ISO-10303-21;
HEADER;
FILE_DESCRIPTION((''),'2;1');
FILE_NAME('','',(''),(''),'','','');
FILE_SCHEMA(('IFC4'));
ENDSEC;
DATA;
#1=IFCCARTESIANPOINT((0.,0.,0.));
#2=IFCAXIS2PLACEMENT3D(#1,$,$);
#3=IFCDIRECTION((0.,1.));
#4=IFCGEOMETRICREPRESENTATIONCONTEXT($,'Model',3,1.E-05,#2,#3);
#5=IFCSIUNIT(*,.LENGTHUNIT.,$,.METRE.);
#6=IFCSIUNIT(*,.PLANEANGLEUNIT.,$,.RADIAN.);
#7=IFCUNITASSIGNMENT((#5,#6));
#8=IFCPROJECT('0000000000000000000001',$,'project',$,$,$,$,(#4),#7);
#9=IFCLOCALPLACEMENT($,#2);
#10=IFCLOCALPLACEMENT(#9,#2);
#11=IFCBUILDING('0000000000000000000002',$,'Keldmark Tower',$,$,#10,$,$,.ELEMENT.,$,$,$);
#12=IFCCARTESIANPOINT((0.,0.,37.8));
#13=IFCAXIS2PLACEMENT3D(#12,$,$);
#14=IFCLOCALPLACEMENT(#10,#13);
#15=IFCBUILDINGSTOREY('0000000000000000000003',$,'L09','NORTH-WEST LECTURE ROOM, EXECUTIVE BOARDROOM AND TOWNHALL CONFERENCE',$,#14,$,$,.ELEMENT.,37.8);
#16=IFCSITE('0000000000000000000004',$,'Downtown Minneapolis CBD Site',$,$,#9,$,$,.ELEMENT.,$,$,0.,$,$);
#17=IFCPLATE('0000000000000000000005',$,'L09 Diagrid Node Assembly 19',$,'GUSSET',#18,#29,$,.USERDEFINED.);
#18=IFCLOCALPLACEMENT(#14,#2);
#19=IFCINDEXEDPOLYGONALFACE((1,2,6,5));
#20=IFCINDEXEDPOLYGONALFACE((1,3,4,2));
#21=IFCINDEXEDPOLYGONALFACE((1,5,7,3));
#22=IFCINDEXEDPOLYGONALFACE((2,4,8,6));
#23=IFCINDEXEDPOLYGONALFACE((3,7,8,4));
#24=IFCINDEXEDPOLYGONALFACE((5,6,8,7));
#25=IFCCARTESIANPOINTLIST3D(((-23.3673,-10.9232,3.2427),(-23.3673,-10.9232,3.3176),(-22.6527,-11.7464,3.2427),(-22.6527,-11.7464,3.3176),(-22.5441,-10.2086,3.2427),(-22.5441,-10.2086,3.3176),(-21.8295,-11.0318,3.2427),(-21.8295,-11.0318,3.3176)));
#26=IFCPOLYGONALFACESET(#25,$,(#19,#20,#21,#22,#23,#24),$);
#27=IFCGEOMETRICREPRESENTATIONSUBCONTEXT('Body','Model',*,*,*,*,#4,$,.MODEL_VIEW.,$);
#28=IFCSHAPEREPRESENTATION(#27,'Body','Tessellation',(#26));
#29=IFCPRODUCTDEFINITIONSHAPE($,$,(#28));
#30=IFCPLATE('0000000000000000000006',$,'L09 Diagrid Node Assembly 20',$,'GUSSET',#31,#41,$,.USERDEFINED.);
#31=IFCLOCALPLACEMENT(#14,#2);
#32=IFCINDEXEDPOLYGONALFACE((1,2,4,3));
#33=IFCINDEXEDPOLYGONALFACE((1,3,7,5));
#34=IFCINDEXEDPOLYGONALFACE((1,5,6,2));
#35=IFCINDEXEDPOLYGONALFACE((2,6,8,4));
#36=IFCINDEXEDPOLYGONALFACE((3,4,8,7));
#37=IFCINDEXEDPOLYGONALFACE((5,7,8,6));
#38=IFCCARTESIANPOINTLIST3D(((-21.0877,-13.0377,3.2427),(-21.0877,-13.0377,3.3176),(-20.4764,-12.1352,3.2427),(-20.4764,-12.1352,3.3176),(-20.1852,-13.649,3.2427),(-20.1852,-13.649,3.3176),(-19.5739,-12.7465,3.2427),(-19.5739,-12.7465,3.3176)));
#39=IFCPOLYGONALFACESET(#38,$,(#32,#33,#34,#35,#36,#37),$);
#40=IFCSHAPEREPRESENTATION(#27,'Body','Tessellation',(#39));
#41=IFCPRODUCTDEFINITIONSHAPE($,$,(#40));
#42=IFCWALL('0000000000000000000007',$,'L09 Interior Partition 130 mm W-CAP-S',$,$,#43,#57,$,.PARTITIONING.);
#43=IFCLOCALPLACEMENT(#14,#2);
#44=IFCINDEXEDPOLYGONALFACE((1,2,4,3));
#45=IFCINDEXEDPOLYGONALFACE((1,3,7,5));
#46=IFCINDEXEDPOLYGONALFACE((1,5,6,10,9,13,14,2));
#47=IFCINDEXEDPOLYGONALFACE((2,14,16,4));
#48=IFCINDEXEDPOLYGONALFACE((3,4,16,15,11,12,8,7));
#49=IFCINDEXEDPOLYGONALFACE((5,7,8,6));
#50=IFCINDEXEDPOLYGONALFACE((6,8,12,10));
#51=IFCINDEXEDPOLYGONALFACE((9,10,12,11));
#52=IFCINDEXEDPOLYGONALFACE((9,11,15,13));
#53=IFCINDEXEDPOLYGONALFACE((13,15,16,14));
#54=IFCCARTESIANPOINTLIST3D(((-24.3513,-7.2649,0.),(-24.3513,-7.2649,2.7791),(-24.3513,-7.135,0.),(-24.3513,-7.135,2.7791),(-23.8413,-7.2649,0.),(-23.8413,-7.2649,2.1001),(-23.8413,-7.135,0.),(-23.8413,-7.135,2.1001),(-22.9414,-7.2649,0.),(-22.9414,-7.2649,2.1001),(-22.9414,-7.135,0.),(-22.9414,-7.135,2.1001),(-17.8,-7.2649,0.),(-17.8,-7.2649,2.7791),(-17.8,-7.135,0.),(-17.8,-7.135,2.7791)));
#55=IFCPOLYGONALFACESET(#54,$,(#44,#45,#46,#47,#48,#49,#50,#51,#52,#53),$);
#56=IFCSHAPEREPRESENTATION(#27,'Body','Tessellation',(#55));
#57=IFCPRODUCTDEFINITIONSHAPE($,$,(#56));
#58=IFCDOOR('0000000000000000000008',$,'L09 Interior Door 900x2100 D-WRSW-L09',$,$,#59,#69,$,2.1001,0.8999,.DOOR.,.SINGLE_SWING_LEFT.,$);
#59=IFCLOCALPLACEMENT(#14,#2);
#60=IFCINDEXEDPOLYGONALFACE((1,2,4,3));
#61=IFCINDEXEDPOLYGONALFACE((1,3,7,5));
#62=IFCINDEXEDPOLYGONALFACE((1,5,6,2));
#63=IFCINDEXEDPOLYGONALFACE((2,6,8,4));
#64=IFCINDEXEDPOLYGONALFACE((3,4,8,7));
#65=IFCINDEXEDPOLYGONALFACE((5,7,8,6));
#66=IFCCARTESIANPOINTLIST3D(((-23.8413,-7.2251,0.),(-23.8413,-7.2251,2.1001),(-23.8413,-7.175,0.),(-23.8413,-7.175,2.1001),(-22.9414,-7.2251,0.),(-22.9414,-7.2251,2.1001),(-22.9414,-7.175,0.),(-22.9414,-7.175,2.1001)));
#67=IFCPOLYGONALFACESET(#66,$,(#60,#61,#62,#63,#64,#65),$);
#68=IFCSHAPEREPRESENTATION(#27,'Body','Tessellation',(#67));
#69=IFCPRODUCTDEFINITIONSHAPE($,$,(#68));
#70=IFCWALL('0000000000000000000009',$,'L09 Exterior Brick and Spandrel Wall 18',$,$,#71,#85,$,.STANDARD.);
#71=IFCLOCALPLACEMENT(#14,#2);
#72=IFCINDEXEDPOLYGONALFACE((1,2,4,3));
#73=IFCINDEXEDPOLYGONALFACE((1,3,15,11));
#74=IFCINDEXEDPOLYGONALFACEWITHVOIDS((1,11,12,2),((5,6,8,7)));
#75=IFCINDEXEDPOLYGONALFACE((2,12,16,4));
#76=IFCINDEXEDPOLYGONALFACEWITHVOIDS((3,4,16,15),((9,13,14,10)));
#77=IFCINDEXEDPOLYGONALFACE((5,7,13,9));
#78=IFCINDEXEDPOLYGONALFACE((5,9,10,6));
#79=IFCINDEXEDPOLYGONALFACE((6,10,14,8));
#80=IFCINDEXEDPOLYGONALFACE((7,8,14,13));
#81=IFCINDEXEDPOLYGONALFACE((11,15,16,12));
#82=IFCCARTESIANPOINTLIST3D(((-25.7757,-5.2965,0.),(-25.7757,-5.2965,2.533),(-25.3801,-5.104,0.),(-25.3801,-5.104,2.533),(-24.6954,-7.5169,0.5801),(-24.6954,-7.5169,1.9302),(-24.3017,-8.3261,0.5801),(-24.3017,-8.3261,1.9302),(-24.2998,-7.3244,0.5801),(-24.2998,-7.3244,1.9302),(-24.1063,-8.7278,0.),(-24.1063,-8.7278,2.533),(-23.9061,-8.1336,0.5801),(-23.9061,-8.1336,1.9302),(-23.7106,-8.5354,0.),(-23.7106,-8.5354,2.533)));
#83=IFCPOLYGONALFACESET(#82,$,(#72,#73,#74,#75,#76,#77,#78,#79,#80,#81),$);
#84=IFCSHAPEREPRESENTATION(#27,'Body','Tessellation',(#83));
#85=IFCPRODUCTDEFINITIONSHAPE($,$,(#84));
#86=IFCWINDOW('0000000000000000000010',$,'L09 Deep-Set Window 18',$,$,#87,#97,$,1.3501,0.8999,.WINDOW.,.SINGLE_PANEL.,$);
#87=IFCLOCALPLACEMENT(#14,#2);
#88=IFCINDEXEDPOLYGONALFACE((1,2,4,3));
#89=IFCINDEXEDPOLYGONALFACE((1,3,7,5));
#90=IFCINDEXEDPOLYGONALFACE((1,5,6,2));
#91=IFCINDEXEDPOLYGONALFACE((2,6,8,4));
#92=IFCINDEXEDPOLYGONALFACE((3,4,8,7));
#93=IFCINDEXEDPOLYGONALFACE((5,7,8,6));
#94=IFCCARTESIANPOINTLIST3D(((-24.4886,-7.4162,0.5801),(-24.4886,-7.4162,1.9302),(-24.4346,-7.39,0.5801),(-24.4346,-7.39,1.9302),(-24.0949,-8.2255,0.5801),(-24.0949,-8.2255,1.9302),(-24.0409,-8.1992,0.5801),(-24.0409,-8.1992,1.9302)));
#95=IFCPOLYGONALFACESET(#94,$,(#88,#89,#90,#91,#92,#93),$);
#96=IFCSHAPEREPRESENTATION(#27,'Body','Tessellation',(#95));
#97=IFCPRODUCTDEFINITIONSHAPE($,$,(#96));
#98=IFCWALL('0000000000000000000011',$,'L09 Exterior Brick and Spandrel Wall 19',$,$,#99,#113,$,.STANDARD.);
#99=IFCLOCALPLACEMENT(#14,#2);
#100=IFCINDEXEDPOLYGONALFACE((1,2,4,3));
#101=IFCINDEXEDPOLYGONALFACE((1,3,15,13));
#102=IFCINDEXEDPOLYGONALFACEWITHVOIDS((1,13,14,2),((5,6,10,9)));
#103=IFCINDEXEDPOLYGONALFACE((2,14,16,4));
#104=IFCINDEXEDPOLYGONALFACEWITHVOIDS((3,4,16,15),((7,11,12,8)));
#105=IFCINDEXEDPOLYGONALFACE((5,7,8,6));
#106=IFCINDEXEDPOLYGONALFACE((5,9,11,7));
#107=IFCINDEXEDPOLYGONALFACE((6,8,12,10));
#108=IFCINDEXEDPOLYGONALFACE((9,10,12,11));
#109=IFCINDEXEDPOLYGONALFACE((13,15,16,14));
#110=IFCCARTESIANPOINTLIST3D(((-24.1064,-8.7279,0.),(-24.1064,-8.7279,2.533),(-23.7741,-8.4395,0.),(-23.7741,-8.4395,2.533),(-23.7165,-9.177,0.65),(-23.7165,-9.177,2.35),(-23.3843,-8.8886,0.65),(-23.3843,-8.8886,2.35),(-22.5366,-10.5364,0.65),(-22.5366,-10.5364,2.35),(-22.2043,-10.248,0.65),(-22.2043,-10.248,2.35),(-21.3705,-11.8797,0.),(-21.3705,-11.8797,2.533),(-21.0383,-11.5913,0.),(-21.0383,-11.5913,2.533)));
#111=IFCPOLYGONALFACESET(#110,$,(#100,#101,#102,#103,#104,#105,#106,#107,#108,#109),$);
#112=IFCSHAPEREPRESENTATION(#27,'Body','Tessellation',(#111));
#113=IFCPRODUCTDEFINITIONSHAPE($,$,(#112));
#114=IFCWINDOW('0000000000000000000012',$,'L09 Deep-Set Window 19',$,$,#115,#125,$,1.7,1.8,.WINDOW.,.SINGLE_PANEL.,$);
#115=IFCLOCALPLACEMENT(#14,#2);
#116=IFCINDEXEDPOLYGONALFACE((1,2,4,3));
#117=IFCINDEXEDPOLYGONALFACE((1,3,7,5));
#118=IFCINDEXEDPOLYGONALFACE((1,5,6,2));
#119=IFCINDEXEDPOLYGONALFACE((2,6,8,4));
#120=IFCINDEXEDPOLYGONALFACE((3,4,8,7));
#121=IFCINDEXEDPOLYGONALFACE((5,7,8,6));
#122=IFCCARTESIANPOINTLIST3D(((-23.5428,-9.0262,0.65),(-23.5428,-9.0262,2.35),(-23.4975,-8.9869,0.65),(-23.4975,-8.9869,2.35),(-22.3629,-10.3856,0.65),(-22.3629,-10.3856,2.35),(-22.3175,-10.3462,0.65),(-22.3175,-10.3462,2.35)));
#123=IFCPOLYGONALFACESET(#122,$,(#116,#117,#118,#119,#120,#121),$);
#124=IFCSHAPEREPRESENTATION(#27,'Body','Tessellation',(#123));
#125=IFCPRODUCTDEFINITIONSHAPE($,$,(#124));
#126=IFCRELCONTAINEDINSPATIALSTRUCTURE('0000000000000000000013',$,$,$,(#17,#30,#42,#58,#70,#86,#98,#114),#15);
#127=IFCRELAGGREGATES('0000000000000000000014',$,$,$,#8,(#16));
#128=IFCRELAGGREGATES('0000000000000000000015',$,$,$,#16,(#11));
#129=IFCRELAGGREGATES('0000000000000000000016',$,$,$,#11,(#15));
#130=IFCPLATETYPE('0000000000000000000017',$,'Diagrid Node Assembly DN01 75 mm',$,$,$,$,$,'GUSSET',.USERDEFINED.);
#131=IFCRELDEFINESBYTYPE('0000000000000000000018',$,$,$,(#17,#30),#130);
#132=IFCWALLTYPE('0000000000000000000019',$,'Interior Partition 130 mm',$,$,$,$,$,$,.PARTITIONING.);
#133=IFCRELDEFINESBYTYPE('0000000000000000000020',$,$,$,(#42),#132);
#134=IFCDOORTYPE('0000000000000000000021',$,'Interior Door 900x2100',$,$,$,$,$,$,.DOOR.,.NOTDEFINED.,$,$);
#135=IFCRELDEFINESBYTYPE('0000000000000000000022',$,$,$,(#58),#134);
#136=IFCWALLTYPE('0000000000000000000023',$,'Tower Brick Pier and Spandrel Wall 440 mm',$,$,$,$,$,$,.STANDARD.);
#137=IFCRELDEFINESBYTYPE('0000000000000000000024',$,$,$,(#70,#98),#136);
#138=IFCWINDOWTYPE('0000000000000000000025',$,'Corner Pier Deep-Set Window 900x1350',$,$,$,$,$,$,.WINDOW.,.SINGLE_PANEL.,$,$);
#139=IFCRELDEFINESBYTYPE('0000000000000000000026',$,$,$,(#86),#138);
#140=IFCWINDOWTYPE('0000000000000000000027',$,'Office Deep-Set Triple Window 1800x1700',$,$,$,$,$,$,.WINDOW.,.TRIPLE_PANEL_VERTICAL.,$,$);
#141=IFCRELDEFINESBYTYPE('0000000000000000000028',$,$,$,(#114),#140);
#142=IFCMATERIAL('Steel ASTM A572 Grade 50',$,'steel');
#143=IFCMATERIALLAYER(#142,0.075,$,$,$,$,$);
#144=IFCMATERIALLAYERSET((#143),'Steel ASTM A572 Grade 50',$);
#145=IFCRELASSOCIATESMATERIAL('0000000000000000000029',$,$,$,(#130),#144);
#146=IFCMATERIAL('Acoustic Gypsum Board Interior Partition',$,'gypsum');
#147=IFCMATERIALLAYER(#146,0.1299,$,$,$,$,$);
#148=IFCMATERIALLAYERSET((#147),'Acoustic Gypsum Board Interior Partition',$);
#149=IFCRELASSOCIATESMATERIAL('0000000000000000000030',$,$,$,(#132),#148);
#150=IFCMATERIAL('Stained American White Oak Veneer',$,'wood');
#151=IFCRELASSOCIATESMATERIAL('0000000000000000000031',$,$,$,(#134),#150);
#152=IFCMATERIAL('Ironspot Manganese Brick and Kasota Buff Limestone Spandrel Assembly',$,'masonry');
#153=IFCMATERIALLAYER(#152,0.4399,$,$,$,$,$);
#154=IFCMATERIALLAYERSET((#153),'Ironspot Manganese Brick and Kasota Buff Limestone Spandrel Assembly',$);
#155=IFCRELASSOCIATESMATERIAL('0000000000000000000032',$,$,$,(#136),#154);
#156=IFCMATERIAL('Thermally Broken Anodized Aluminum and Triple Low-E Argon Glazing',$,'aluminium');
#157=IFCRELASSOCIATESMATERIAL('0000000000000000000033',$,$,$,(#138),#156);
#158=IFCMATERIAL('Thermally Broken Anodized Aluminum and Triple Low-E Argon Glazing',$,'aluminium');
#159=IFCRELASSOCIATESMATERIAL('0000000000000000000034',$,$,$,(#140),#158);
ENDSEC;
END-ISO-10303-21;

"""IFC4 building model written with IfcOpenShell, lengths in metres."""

from ifc_helpers import new_model, si_unit, direction, frame, frame_2d, origin, origin_2d, place, context, subcontext, project, spatial, rectangle, extrude, material, layer, layer_set, type_object, element, fill, save


model = new_model("IFC4")

# Units and contexts
model_context = context("Model", 3, precision=1e-05, world=origin(), true_north=direction((0.0, 1.0)))
body_context = subcontext(model_context, "Body", "Model", "MODEL_VIEW")
ifc_project = project(units=[si_unit("LENGTHUNIT", "METRE"), si_unit("PLANEANGLEUNIT", "RADIAN")], contexts=[model_context])

# Site, building, storey
site_placement = place(None, origin())
site = spatial("IfcSite", under=ifc_project, at=site_placement, Name="Downtown Minneapolis CBD Site", CompositionType="ELEMENT", RefElevation=0.0)
building_placement = place(site_placement, origin())
building = spatial("IfcBuilding", under=site, at=building_placement, Name="Keldmark Tower", CompositionType="ELEMENT")
storey_placement = place(building_placement, frame((0.0, 0.0, 37.8)))
storey = spatial("IfcBuildingStorey", under=building, at=storey_placement, Name="L09", Description="NORTH-WEST LECTURE ROOM, EXECUTIVE BOARDROOM AND TOWNHALL CONFERENCE", CompositionType="ELEMENT", Elevation=37.8)

# Plates
ifc_material_1 = material(Name="Steel ASTM A572 Grade 50", Category="steel")
ifc_layer_1 = layer(ifc_material_1, 0.075)
ifc_layer_set_1 = layer_set([ifc_layer_1], Name="Steel ASTM A572 Grade 50")
plate_type = type_object("IfcPlateType", Name="Diagrid Node Assembly DN01 75 mm", ElementType="GUSSET", PredefinedType="USERDEFINED", material=ifc_layer_set_1)
for number, where, z_axis, x_axis, name in (
    (1, (-22.5984, -10.9775, 3.2427), (0.0, 0.0, 1.0), (0.655532, -0.755167, 0.0), "L09 Diagrid Node Assembly 19"),
    (2, (-20.3308, -12.8921, 3.2427), (0.0, 0.0, 1.0), (0.827962, -0.560784, 0.0), "L09 Diagrid Node Assembly 20"),
):
    element("IfcPlate", number, at=place(storey_placement, frame(where, z_axis=z_axis, x_axis=x_axis)), inside=storey, type_object=plate_type, Name=name, ObjectType="GUSSET", PredefinedType="USERDEFINED", context=body_context, shape_type="SweptSolid", body=[
        extrude(rectangle(XDim=1.0901, YDim=1.0901, at=origin_2d()), origin(), (0.0, 0.0, 1.0), 0.075),
    ])

# Wall, opening, door
ifc_material_2 = material(Name="Acoustic Gypsum Board Interior Partition", Category="gypsum")
ifc_layer_2 = layer(ifc_material_2, 0.1299)
ifc_layer_set_2 = layer_set([ifc_layer_2], Name="Acoustic Gypsum Board Interior Partition")
wall_type_1 = type_object("IfcWallType", Name="Interior Partition 130 mm", PredefinedType="PARTITIONING", material=ifc_layer_set_2)
wall_1_placement = place(storey_placement, frame((-24.3513, -7.2, 0.0), z_axis=(0.0, 0.0, 1.0), x_axis=(1.0, 0.0, 0.0)))
wall_1 = element("IfcWall", 3, at=wall_1_placement, inside=storey, type_object=wall_type_1, Name="L09 Interior Partition 130 mm W-CAP-S", PredefinedType="PARTITIONING", context=body_context, shape_type="SweptSolid", body=[
    extrude(rectangle(XDim=6.5513, YDim=0.1299, at=frame_2d((3.2756, 0.0))), origin(), (0.0, 0.0, 1.0), 2.7791),
])
opening_1_placement = place(wall_1_placement, frame((0.51, 0.0, 0.0)))
opening_1 = element("IfcOpeningElement", 4, at=opening_1_placement, cuts=wall_1, PredefinedType="OPENING", context=body_context, shape_type="SweptSolid", body=[
    extrude(rectangle(XDim=0.8999, YDim=2.1001, at=frame_2d((0.45, 1.05))), frame((0.0, 0.075, 0.0), z_axis=(0.0, -1.0, 0.0), x_axis=(1.0, 0.0, 0.0)), (0.0, 0.0, 1.0), 0.1499),
])
ifc_material_3 = material(Name="Stained American White Oak Veneer", Category="wood")
door_type = type_object("IfcDoorType", Name="Interior Door 900x2100", OperationType="NOTDEFINED", PredefinedType="DOOR", material=ifc_material_3)
door_placement = place(opening_1_placement, origin())
door = element("IfcDoor", 5, at=door_placement, inside=storey, type_object=door_type, Name="L09 Interior Door 900x2100 D-WRSW-L09", OperationType="SINGLE_SWING_LEFT", OverallHeight=2.1001, OverallWidth=0.8999, PredefinedType="DOOR", context=body_context, shape_type="SweptSolid", body=[
    extrude(rectangle(XDim=0.8999, YDim=2.1001, at=frame_2d((0.45, 1.05))), frame((0.0, 0.0249, 0.0), z_axis=(0.0, -1.0, 0.0), x_axis=(1.0, 0.0, 0.0)), (0.0, 0.0, 1.0), 0.05),
])
fill(opening_1, door)

# Walls, openings, windows
ifc_material_4 = material(Name="Ironspot Manganese Brick and Kasota Buff Limestone Spandrel Assembly", Category="masonry")
ifc_layer_3 = layer(ifc_material_4, 0.4399)
ifc_layer_set_3 = layer_set([ifc_layer_3], Name="Ironspot Manganese Brick and Kasota Buff Limestone Spandrel Assembly")
wall_type_2 = type_object("IfcWallType", Name="Tower Brick Pier and Spandrel Wall 440 mm", PredefinedType="STANDARD", material=ifc_layer_set_3)
wall_2_placement = place(storey_placement, frame((-23.9084, -8.6316, 0.0), z_axis=(0.0, 0.0, 1.0), x_axis=(-0.437488, 0.899224, 0.0)))
wall_2 = element("IfcWall", 6, at=wall_2_placement, inside=storey, type_object=wall_type_2, Name="L09 Exterior Brick and Spandrel Wall 18", PredefinedType="STANDARD", context=body_context, shape_type="SweptSolid", body=[
    extrude(rectangle(XDim=3.8159, YDim=0.4399, at=frame_2d((1.908, 0.0))), origin(), (0.0, 0.0, 1.0), 2.533),
])
opening_2_placement = place(wall_2_placement, frame((0.4468, 0.0, 0.5801)))
opening_2 = element("IfcOpeningElement", 7, at=opening_2_placement, cuts=wall_2, PredefinedType="OPENING", context=body_context, shape_type="SweptSolid", body=[
    extrude(rectangle(XDim=0.8999, YDim=1.3501, at=frame_2d((0.45, 0.675))), frame((0.0, 0.23, 0.0), z_axis=(0.0, -1.0, 0.0), x_axis=(1.0, 0.0, 0.0)), (0.0, 0.0, 1.0), 0.46),
])
ifc_material_5 = material(Name="Thermally Broken Anodized Aluminum and Triple Low-E Argon Glazing", Category="aluminium")
window_type_1 = type_object("IfcWindowType", Name="Corner Pier Deep-Set Window 900x1350", PartitioningType="SINGLE_PANEL", PredefinedType="WINDOW", material=ifc_material_5)
window_1_placement = place(opening_2_placement, origin())
window_1 = element("IfcWindow", 8, at=window_1_placement, inside=storey, type_object=window_type_1, Name="L09 Deep-Set Window 18", OverallHeight=1.3501, OverallWidth=0.8999, PartitioningType="SINGLE_PANEL", PredefinedType="WINDOW", context=body_context, shape_type="SweptSolid", body=[
    extrude(rectangle(XDim=0.8999, YDim=1.3501, at=frame_2d((0.45, 0.675))), frame((0.0, -0.01, 0.0), z_axis=(0.0, -1.0, 0.0), x_axis=(1.0, 0.0, 0.0)), (0.0, 0.0, 1.0), 0.0601),
])
fill(opening_2, window_1)
wall_3_placement = place(storey_placement, frame((-21.2043, -11.7356, 0.0), z_axis=(0.0, 0.0, 1.0), x_axis=(-0.655509, 0.755187, 0.0)))
wall_3 = element("IfcWall", 9, at=wall_3_placement, inside=storey, type_object=wall_type_2, Name="L09 Exterior Brick and Spandrel Wall 19", PredefinedType="STANDARD", context=body_context, shape_type="SweptSolid", body=[
    extrude(rectangle(XDim=4.1736, YDim=0.4399, at=frame_2d((2.0869, 0.0))), origin(), (0.0, 0.0, 1.0), 2.533),
])
opening_3_placement = place(wall_3_placement, frame((1.7791, 0.0, 0.6499)))
opening_3 = element("IfcOpeningElement", 10, at=opening_3_placement, cuts=wall_3, PredefinedType="OPENING", context=body_context, shape_type="SweptSolid", body=[
    extrude(rectangle(XDim=1.8, YDim=1.7, at=frame_2d((0.8999, 0.8501))), frame((0.0, 0.23, 0.0), z_axis=(0.0, -1.0, 0.0), x_axis=(1.0, 0.0, 0.0)), (0.0, 0.0, 1.0), 0.46),
])
ifc_material_6 = material(Name="Thermally Broken Anodized Aluminum and Triple Low-E Argon Glazing", Category="aluminium")
window_type_2 = type_object("IfcWindowType", Name="Office Deep-Set Triple Window 1800x1700", PartitioningType="TRIPLE_PANEL_VERTICAL", PredefinedType="WINDOW", material=ifc_material_6)
window_2_placement = place(opening_3_placement, origin())
window_2 = element("IfcWindow", 11, at=window_2_placement, inside=storey, type_object=window_type_2, Name="L09 Deep-Set Window 19", OverallHeight=1.7, OverallWidth=1.8, PartitioningType="SINGLE_PANEL", PredefinedType="WINDOW", context=body_context, shape_type="SweptSolid", body=[
    extrude(rectangle(XDim=1.8, YDim=1.7, at=frame_2d((0.8999, 0.8501))), frame((0.0, -0.01, 0.0), z_axis=(0.0, -1.0, 0.0), x_axis=(1.0, 0.0, 0.0)), (0.0, 0.0, 1.0), 0.0601),
])
fill(opening_3, window_2)

save(model, "model.ifc")
